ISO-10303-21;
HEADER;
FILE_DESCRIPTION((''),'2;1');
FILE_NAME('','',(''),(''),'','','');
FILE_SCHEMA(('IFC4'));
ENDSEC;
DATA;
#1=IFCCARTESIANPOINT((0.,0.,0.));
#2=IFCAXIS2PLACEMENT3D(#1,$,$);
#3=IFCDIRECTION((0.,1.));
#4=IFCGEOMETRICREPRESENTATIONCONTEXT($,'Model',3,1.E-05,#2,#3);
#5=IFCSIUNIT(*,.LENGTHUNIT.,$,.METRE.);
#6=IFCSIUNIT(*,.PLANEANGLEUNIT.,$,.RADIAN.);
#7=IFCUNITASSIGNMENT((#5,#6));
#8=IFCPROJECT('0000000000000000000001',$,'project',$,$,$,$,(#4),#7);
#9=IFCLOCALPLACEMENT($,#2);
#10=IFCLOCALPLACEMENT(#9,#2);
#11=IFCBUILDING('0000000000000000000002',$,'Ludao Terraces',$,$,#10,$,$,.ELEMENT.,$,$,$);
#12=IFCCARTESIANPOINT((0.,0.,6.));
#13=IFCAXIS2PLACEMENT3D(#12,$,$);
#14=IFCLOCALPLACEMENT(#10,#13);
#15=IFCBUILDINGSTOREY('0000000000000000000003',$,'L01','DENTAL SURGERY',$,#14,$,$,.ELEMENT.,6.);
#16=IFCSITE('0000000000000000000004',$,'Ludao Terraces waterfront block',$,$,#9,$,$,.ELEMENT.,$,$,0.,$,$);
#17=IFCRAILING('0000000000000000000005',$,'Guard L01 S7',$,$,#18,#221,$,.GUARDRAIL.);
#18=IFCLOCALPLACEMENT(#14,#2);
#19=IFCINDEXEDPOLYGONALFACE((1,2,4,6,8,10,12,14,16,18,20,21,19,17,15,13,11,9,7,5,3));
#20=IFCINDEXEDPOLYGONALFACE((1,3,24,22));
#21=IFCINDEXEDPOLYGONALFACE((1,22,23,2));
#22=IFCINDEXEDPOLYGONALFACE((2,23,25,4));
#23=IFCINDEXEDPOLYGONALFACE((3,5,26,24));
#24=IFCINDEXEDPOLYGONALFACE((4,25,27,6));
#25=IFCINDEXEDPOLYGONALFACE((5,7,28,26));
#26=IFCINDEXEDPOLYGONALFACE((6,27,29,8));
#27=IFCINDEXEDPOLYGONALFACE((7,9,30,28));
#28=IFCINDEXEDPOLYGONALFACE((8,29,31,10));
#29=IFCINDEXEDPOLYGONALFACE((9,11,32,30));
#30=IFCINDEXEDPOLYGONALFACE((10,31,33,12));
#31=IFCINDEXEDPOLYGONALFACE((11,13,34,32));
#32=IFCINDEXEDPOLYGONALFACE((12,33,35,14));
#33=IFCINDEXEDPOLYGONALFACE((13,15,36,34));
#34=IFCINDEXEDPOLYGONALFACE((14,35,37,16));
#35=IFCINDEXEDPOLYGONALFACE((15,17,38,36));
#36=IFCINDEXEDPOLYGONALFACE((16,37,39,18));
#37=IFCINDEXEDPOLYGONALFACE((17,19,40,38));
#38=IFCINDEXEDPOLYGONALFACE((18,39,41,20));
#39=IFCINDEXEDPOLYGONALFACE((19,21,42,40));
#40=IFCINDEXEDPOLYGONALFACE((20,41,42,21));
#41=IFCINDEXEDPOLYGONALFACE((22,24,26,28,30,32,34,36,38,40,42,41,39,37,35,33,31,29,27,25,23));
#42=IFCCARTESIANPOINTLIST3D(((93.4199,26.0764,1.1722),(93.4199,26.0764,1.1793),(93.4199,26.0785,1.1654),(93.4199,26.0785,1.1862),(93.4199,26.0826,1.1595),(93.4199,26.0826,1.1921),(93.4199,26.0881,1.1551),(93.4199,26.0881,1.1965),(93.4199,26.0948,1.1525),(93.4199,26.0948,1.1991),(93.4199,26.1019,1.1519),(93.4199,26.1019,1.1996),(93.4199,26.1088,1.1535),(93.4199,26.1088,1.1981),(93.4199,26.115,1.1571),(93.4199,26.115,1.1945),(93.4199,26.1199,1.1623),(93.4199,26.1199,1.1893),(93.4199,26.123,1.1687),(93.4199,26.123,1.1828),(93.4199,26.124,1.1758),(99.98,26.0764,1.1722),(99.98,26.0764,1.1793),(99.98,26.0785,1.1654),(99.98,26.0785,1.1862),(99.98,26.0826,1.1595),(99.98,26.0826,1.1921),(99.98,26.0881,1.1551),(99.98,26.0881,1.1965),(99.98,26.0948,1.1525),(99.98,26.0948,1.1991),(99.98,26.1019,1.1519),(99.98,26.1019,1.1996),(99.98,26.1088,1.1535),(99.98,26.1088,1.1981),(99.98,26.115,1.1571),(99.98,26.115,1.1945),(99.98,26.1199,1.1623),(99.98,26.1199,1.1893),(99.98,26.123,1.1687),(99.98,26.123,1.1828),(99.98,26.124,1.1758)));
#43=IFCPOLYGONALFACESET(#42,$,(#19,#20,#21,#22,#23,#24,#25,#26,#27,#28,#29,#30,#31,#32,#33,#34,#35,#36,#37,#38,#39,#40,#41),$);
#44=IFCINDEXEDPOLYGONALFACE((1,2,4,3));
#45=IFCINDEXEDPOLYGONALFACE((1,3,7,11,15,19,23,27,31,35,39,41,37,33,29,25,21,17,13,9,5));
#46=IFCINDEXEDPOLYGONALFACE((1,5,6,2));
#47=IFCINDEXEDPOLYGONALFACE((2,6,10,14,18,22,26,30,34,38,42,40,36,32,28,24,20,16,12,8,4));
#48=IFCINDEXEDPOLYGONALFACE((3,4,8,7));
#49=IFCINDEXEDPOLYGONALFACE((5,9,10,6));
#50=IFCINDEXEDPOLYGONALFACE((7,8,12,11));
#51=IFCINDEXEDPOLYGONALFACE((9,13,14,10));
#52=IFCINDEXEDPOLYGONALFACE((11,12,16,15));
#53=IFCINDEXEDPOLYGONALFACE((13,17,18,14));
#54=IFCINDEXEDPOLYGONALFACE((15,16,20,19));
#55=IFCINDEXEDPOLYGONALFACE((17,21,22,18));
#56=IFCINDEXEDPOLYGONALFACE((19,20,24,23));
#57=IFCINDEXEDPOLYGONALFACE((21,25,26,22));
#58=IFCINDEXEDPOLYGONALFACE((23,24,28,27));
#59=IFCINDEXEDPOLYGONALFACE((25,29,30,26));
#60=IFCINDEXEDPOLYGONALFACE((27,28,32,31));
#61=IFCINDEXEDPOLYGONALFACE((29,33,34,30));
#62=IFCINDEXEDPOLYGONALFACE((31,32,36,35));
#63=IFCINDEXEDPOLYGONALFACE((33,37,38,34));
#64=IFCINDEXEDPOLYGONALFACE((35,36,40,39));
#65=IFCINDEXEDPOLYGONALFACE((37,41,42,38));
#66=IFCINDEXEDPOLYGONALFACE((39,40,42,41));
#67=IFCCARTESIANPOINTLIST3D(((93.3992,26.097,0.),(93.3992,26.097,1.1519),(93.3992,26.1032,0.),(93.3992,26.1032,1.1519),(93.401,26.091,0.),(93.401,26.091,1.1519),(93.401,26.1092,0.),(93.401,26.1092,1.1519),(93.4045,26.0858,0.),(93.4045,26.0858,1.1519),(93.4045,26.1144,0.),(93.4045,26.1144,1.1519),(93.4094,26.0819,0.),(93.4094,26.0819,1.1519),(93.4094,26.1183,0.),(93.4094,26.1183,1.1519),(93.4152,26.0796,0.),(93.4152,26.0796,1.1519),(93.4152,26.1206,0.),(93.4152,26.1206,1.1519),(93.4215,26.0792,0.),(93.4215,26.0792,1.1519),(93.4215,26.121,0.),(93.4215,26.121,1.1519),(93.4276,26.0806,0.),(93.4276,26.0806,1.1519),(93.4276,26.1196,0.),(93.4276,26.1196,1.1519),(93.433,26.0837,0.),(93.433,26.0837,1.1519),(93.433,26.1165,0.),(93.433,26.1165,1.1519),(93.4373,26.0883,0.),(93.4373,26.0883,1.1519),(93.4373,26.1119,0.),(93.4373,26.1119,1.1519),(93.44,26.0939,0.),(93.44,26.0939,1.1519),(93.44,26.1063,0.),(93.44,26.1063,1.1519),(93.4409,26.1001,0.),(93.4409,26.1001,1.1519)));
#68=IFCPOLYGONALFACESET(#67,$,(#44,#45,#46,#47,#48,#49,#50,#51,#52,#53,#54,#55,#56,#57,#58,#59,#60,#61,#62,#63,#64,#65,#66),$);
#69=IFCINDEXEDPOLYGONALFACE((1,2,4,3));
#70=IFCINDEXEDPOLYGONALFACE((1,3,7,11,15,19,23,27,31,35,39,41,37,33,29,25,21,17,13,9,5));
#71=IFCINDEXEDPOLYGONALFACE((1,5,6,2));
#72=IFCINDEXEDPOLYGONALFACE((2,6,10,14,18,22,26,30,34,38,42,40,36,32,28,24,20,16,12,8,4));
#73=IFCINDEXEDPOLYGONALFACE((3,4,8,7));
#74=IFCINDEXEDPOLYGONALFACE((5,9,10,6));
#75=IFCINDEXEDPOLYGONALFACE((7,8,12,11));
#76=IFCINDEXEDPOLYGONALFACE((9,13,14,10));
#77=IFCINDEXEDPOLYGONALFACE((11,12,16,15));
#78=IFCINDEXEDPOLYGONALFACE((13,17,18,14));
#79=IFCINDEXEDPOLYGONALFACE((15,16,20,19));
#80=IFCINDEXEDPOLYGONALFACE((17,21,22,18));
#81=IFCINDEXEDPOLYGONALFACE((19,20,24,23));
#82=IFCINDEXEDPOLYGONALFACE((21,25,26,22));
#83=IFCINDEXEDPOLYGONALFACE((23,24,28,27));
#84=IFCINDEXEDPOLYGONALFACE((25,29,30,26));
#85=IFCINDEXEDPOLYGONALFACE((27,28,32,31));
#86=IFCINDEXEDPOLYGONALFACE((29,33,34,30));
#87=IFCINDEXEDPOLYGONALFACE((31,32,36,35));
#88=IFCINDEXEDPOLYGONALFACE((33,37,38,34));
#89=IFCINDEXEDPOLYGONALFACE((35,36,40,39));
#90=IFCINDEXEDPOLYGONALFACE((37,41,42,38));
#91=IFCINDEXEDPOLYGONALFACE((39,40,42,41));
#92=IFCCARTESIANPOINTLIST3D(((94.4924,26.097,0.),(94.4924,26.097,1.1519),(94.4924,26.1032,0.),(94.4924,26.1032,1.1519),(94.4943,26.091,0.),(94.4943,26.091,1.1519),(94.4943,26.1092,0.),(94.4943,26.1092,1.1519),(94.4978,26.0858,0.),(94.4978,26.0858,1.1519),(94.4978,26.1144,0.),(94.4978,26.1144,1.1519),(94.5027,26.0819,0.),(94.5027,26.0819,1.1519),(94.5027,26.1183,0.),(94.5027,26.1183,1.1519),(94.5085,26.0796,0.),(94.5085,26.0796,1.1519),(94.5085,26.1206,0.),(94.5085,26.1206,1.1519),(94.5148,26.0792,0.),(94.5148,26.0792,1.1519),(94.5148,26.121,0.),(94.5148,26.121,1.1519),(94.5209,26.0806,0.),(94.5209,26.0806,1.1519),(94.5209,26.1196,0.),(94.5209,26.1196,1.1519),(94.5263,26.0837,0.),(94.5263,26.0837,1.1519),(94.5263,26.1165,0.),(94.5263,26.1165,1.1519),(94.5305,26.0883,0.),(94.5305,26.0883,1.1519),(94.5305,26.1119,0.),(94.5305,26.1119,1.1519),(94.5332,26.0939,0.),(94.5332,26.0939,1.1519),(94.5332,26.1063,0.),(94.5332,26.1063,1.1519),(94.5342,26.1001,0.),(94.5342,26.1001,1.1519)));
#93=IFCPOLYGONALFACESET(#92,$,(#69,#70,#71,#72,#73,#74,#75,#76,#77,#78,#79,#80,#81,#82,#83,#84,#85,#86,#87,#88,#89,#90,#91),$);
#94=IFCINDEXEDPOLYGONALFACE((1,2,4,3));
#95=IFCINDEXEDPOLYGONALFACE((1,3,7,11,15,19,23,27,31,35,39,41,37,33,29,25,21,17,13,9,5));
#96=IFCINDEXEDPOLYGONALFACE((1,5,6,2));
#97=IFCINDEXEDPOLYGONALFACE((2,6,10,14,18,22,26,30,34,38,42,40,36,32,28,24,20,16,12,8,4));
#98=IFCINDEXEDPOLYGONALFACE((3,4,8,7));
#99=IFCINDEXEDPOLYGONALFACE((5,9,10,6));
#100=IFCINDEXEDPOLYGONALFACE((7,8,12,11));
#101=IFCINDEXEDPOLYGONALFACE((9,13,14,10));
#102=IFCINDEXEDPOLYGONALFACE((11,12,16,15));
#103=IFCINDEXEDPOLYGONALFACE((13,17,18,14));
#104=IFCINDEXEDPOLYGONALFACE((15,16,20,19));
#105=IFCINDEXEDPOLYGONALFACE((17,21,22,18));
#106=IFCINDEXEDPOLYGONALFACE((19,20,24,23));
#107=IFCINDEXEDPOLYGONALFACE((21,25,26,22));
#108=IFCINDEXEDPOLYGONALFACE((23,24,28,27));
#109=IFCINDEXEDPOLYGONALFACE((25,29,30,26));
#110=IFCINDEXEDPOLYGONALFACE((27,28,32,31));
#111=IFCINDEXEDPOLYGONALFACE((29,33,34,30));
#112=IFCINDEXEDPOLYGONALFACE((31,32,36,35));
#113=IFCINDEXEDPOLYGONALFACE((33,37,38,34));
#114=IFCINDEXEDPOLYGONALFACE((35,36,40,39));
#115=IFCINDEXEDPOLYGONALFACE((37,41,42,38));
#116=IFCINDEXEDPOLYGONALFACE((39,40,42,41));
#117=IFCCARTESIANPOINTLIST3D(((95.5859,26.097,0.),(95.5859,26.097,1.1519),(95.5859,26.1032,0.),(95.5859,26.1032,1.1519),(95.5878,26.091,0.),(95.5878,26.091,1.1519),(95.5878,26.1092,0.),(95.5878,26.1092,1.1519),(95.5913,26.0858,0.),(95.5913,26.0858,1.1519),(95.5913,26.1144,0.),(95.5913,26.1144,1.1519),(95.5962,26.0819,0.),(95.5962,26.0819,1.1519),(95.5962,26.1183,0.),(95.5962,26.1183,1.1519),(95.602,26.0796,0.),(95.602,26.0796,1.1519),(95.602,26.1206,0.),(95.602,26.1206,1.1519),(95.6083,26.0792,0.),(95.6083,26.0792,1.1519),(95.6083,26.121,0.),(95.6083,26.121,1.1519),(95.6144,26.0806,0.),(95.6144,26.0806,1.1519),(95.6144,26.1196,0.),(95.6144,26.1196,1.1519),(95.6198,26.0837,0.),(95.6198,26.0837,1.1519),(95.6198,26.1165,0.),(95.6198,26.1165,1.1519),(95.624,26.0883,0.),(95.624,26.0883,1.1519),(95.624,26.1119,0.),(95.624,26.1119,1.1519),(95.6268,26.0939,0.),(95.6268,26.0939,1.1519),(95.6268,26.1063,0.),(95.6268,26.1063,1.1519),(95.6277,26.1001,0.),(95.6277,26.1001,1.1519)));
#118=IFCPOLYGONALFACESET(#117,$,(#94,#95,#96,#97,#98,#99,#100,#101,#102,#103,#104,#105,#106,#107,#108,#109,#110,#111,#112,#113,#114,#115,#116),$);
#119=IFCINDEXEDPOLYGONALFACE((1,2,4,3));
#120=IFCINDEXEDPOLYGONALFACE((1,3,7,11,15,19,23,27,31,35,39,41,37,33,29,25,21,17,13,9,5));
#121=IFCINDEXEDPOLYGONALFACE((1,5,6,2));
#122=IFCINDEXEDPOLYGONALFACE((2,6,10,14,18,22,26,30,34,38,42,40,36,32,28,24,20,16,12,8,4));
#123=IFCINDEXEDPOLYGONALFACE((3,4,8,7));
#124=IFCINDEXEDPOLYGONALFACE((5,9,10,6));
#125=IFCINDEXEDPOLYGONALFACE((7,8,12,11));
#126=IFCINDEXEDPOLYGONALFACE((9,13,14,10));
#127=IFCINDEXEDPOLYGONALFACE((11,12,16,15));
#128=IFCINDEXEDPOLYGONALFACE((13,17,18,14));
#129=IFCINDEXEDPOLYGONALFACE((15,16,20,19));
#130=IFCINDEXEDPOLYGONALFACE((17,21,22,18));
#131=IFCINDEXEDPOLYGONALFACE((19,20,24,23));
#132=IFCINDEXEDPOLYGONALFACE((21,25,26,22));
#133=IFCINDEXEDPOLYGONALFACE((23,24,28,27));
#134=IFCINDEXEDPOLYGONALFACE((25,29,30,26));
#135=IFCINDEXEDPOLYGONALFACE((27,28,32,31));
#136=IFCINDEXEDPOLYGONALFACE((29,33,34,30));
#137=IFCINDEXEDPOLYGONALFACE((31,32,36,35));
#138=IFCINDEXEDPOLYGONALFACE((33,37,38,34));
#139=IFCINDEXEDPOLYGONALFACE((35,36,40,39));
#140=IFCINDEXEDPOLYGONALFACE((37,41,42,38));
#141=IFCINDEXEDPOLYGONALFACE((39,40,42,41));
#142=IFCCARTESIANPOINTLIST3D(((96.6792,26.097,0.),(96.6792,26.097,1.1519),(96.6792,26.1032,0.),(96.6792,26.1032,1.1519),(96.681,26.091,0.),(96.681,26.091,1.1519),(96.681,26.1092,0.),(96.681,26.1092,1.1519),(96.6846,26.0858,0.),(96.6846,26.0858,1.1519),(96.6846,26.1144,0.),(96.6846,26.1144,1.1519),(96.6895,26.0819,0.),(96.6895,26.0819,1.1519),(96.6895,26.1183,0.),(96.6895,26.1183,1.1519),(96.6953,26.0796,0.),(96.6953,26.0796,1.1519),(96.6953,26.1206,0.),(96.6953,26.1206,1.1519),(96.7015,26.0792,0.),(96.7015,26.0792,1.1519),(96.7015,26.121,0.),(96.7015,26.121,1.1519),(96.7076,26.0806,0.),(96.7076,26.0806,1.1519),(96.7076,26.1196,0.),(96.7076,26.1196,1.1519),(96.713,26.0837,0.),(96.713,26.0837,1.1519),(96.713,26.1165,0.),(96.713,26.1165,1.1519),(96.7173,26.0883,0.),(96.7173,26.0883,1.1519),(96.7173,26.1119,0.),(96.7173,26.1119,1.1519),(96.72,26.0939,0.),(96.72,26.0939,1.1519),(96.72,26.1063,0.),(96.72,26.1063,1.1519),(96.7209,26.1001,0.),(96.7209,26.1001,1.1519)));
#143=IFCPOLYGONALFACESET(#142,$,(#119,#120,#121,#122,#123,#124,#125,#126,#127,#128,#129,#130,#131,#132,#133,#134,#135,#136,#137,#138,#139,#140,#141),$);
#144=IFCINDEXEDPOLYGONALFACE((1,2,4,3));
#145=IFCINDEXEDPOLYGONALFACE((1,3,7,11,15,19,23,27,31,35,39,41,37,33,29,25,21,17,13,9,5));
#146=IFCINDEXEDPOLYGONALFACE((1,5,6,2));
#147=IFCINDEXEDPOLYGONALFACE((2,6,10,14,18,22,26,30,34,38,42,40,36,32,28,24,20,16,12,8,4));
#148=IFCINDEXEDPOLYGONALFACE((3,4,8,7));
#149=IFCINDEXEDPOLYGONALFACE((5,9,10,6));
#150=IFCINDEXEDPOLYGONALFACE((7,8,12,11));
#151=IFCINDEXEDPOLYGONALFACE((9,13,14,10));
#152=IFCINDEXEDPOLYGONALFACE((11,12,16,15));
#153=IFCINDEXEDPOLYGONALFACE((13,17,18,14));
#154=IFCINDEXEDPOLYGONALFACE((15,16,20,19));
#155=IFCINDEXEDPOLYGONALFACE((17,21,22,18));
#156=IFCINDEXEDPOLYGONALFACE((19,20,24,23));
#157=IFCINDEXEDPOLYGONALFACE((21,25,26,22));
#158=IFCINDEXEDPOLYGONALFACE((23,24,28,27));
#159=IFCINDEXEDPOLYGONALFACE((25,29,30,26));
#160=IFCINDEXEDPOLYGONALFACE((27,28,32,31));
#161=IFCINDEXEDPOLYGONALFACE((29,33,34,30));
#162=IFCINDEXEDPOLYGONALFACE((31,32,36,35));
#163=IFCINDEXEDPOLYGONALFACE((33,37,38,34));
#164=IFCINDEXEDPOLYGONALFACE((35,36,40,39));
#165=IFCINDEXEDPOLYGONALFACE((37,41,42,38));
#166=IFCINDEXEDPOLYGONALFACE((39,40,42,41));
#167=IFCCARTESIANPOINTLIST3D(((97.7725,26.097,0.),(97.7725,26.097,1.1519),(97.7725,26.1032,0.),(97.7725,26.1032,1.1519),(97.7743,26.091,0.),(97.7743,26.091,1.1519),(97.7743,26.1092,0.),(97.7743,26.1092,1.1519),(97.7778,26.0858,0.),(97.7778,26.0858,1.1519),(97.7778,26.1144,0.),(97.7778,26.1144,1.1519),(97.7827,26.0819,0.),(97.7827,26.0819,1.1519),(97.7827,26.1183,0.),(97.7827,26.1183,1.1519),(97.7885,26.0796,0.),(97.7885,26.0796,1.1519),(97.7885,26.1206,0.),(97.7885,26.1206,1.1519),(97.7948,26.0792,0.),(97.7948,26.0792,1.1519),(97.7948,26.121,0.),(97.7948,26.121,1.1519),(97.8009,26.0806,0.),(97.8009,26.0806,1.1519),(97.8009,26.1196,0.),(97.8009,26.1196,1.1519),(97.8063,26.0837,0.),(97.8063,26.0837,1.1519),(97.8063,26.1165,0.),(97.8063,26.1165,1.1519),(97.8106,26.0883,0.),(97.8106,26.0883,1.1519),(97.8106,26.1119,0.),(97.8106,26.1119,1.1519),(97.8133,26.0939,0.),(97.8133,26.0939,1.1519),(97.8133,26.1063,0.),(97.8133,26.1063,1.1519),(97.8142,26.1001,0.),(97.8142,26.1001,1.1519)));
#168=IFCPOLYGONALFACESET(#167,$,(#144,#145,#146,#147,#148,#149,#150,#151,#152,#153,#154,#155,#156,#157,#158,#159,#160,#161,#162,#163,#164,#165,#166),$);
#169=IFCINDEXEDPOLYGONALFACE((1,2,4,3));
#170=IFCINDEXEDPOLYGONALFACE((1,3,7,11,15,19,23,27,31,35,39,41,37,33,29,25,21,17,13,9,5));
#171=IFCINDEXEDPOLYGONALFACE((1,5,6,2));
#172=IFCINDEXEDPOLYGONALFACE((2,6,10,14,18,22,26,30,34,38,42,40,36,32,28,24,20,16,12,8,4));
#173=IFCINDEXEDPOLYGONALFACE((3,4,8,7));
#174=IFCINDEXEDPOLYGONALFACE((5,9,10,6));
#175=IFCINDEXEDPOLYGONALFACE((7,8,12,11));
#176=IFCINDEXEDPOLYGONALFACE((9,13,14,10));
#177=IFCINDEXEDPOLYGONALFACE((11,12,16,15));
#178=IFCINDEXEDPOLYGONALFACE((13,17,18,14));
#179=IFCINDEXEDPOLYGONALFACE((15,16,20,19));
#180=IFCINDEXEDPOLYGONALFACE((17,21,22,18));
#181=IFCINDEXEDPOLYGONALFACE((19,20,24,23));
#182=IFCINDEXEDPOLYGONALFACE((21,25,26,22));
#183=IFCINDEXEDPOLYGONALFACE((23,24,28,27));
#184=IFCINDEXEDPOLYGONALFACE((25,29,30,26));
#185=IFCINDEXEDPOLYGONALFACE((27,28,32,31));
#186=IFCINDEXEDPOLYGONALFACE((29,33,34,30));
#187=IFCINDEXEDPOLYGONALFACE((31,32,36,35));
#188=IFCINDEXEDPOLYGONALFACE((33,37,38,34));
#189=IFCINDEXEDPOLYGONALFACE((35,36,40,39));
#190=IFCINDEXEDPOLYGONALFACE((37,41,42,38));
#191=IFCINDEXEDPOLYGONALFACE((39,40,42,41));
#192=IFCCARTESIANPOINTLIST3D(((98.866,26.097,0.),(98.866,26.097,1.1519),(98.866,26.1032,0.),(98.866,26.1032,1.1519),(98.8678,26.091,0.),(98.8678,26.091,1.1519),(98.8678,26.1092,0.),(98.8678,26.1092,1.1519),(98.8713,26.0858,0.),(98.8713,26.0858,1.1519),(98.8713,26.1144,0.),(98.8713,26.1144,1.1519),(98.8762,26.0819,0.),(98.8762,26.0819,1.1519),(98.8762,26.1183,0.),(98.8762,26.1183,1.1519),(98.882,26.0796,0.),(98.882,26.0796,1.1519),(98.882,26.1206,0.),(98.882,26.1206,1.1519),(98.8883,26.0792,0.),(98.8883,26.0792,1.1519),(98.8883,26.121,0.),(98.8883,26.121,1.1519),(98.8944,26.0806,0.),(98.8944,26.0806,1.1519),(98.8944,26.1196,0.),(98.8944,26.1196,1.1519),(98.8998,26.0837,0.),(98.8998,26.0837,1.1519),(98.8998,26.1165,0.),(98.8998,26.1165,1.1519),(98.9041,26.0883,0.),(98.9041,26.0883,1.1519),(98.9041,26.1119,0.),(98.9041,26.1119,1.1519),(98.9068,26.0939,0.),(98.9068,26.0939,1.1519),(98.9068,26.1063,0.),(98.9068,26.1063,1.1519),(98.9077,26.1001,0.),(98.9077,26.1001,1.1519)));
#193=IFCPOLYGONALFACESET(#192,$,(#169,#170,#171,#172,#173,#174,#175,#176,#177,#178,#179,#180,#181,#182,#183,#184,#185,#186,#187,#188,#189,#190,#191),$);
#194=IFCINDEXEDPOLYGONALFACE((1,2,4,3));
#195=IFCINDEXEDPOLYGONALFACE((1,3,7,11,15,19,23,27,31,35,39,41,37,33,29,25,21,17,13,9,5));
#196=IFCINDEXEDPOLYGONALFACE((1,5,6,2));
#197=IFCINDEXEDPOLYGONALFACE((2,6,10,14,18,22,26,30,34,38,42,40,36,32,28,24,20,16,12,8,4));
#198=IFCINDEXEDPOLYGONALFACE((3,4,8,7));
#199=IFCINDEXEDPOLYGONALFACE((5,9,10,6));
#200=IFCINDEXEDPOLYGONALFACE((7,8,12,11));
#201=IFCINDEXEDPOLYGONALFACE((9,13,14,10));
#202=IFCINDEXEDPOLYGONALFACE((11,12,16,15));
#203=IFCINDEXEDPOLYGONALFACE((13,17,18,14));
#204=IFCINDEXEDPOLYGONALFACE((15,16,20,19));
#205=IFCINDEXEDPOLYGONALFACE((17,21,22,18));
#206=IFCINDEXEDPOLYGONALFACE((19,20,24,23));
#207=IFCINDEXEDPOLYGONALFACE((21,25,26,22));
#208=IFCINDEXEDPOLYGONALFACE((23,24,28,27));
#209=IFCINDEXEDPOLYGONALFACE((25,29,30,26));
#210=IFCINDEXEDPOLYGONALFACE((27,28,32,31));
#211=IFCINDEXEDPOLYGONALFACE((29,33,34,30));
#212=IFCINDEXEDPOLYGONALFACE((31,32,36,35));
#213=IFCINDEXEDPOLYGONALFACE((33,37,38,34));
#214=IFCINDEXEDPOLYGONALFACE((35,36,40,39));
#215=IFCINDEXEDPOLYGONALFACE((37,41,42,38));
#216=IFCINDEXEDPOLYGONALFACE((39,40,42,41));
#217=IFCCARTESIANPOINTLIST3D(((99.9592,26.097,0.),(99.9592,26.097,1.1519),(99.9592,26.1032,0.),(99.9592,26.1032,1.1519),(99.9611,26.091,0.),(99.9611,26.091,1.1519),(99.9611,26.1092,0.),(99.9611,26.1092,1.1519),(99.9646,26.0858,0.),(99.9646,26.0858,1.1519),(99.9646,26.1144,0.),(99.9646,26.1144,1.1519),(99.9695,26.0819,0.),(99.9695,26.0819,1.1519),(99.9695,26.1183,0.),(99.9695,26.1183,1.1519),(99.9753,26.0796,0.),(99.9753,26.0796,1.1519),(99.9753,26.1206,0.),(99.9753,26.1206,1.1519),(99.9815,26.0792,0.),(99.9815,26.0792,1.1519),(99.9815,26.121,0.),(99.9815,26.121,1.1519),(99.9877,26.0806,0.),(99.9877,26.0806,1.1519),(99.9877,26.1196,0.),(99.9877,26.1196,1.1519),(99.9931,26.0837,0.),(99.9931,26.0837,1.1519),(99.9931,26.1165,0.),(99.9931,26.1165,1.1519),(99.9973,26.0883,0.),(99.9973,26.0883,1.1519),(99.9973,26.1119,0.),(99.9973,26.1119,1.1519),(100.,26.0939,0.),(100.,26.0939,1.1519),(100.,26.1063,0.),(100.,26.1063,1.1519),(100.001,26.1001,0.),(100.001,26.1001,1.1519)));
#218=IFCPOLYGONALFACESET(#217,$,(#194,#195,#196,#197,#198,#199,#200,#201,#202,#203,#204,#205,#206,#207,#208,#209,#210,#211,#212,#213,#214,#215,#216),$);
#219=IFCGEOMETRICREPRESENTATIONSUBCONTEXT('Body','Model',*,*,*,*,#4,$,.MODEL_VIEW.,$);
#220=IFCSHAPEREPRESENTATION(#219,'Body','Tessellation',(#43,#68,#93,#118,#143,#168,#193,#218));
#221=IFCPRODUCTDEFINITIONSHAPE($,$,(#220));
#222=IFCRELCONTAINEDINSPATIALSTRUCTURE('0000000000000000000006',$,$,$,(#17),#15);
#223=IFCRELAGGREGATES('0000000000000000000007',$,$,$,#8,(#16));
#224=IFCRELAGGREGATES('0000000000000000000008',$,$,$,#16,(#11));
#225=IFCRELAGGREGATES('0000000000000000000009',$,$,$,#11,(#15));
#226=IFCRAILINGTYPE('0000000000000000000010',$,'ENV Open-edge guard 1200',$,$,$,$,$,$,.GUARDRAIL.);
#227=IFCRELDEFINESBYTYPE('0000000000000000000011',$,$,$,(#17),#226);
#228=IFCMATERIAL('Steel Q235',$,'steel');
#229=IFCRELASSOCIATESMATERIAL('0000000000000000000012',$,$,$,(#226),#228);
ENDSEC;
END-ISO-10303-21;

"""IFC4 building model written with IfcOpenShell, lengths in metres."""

from ifc_helpers import new_model, si_unit, direction, frame, origin, origin_2d, place, context, subcontext, project, spatial, circle, extrude, material, type_object, element, save


model = new_model("IFC4")

# Units and contexts
model_context = context("Model", 3, precision=1e-05, world=origin(), true_north=direction((0.0, 1.0)))
body_context = subcontext(model_context, "Body", "Model", "MODEL_VIEW")
ifc_project = project(units=[si_unit("LENGTHUNIT", "METRE"), si_unit("PLANEANGLEUNIT", "RADIAN")], contexts=[model_context])

# Site, building, storey
site_placement = place(None, origin())
site = spatial("IfcSite", under=ifc_project, at=site_placement, Name="Ludao Terraces waterfront block", CompositionType="ELEMENT", RefElevation=0.0)
building_placement = place(site_placement, origin())
building = spatial("IfcBuilding", under=site, at=building_placement, Name="Ludao Terraces", CompositionType="ELEMENT")
storey_placement = place(building_placement, frame((0.0, 0.0, 6.0)))
storey = spatial("IfcBuildingStorey", under=building, at=storey_placement, Name="L01", Description="DENTAL SURGERY", CompositionType="ELEMENT", Elevation=6.0)

# Shared definitions
ifc_material_1 = material(Name="Steel Q235", Category="steel")

# Railing
railing_type = type_object("IfcRailingType", Name="ENV Open-edge guard 1200", PredefinedType="GUARDRAIL", material=ifc_material_1)
railing_1_placement = place(storey_placement, frame((93.4199, 26.1001, 0.0)))
element("IfcRailing", 1, at=railing_1_placement, inside=storey, type_object=railing_type, Name="Guard L01 S7", PredefinedType="GUARDRAIL", context=body_context, shape_type="SweptSolid", body=[
    extrude(circle(Radius=0.0239, at=origin_2d()), frame((0.0, 0.0, 1.1758), z_axis=(1.0, 0.0, 0.0), x_axis=(0.0, 1.0, 0.0)), (0.0, 0.0, 1.0), 6.5601),
    extrude(circle(Radius=0.021, at=origin_2d()), origin(), (0.0, 0.0, 1.0), 1.1519),
    extrude(circle(Radius=0.021, at=origin_2d()), frame((1.0933, 0.0, 0.0)), (0.0, 0.0, 1.0), 1.1519),
    extrude(circle(Radius=0.021, at=origin_2d()), frame((2.1868, 0.0, 0.0)), (0.0, 0.0, 1.0), 1.1519),
    extrude(circle(Radius=0.021, at=origin_2d()), frame((3.28, 0.0, 0.0)), (0.0, 0.0, 1.0), 1.1519),
    extrude(circle(Radius=0.021, at=origin_2d()), frame((4.3733, 0.0, 0.0)), (0.0, 0.0, 1.0), 1.1519),
    extrude(circle(Radius=0.021, at=origin_2d()), frame((5.4668, 0.0, 0.0)), (0.0, 0.0, 1.0), 1.1519),
    extrude(circle(Radius=0.021, at=origin_2d()), frame((6.5601, 0.0, 0.0)), (0.0, 0.0, 1.0), 1.1519),
])

save(model, "model.ifc")
